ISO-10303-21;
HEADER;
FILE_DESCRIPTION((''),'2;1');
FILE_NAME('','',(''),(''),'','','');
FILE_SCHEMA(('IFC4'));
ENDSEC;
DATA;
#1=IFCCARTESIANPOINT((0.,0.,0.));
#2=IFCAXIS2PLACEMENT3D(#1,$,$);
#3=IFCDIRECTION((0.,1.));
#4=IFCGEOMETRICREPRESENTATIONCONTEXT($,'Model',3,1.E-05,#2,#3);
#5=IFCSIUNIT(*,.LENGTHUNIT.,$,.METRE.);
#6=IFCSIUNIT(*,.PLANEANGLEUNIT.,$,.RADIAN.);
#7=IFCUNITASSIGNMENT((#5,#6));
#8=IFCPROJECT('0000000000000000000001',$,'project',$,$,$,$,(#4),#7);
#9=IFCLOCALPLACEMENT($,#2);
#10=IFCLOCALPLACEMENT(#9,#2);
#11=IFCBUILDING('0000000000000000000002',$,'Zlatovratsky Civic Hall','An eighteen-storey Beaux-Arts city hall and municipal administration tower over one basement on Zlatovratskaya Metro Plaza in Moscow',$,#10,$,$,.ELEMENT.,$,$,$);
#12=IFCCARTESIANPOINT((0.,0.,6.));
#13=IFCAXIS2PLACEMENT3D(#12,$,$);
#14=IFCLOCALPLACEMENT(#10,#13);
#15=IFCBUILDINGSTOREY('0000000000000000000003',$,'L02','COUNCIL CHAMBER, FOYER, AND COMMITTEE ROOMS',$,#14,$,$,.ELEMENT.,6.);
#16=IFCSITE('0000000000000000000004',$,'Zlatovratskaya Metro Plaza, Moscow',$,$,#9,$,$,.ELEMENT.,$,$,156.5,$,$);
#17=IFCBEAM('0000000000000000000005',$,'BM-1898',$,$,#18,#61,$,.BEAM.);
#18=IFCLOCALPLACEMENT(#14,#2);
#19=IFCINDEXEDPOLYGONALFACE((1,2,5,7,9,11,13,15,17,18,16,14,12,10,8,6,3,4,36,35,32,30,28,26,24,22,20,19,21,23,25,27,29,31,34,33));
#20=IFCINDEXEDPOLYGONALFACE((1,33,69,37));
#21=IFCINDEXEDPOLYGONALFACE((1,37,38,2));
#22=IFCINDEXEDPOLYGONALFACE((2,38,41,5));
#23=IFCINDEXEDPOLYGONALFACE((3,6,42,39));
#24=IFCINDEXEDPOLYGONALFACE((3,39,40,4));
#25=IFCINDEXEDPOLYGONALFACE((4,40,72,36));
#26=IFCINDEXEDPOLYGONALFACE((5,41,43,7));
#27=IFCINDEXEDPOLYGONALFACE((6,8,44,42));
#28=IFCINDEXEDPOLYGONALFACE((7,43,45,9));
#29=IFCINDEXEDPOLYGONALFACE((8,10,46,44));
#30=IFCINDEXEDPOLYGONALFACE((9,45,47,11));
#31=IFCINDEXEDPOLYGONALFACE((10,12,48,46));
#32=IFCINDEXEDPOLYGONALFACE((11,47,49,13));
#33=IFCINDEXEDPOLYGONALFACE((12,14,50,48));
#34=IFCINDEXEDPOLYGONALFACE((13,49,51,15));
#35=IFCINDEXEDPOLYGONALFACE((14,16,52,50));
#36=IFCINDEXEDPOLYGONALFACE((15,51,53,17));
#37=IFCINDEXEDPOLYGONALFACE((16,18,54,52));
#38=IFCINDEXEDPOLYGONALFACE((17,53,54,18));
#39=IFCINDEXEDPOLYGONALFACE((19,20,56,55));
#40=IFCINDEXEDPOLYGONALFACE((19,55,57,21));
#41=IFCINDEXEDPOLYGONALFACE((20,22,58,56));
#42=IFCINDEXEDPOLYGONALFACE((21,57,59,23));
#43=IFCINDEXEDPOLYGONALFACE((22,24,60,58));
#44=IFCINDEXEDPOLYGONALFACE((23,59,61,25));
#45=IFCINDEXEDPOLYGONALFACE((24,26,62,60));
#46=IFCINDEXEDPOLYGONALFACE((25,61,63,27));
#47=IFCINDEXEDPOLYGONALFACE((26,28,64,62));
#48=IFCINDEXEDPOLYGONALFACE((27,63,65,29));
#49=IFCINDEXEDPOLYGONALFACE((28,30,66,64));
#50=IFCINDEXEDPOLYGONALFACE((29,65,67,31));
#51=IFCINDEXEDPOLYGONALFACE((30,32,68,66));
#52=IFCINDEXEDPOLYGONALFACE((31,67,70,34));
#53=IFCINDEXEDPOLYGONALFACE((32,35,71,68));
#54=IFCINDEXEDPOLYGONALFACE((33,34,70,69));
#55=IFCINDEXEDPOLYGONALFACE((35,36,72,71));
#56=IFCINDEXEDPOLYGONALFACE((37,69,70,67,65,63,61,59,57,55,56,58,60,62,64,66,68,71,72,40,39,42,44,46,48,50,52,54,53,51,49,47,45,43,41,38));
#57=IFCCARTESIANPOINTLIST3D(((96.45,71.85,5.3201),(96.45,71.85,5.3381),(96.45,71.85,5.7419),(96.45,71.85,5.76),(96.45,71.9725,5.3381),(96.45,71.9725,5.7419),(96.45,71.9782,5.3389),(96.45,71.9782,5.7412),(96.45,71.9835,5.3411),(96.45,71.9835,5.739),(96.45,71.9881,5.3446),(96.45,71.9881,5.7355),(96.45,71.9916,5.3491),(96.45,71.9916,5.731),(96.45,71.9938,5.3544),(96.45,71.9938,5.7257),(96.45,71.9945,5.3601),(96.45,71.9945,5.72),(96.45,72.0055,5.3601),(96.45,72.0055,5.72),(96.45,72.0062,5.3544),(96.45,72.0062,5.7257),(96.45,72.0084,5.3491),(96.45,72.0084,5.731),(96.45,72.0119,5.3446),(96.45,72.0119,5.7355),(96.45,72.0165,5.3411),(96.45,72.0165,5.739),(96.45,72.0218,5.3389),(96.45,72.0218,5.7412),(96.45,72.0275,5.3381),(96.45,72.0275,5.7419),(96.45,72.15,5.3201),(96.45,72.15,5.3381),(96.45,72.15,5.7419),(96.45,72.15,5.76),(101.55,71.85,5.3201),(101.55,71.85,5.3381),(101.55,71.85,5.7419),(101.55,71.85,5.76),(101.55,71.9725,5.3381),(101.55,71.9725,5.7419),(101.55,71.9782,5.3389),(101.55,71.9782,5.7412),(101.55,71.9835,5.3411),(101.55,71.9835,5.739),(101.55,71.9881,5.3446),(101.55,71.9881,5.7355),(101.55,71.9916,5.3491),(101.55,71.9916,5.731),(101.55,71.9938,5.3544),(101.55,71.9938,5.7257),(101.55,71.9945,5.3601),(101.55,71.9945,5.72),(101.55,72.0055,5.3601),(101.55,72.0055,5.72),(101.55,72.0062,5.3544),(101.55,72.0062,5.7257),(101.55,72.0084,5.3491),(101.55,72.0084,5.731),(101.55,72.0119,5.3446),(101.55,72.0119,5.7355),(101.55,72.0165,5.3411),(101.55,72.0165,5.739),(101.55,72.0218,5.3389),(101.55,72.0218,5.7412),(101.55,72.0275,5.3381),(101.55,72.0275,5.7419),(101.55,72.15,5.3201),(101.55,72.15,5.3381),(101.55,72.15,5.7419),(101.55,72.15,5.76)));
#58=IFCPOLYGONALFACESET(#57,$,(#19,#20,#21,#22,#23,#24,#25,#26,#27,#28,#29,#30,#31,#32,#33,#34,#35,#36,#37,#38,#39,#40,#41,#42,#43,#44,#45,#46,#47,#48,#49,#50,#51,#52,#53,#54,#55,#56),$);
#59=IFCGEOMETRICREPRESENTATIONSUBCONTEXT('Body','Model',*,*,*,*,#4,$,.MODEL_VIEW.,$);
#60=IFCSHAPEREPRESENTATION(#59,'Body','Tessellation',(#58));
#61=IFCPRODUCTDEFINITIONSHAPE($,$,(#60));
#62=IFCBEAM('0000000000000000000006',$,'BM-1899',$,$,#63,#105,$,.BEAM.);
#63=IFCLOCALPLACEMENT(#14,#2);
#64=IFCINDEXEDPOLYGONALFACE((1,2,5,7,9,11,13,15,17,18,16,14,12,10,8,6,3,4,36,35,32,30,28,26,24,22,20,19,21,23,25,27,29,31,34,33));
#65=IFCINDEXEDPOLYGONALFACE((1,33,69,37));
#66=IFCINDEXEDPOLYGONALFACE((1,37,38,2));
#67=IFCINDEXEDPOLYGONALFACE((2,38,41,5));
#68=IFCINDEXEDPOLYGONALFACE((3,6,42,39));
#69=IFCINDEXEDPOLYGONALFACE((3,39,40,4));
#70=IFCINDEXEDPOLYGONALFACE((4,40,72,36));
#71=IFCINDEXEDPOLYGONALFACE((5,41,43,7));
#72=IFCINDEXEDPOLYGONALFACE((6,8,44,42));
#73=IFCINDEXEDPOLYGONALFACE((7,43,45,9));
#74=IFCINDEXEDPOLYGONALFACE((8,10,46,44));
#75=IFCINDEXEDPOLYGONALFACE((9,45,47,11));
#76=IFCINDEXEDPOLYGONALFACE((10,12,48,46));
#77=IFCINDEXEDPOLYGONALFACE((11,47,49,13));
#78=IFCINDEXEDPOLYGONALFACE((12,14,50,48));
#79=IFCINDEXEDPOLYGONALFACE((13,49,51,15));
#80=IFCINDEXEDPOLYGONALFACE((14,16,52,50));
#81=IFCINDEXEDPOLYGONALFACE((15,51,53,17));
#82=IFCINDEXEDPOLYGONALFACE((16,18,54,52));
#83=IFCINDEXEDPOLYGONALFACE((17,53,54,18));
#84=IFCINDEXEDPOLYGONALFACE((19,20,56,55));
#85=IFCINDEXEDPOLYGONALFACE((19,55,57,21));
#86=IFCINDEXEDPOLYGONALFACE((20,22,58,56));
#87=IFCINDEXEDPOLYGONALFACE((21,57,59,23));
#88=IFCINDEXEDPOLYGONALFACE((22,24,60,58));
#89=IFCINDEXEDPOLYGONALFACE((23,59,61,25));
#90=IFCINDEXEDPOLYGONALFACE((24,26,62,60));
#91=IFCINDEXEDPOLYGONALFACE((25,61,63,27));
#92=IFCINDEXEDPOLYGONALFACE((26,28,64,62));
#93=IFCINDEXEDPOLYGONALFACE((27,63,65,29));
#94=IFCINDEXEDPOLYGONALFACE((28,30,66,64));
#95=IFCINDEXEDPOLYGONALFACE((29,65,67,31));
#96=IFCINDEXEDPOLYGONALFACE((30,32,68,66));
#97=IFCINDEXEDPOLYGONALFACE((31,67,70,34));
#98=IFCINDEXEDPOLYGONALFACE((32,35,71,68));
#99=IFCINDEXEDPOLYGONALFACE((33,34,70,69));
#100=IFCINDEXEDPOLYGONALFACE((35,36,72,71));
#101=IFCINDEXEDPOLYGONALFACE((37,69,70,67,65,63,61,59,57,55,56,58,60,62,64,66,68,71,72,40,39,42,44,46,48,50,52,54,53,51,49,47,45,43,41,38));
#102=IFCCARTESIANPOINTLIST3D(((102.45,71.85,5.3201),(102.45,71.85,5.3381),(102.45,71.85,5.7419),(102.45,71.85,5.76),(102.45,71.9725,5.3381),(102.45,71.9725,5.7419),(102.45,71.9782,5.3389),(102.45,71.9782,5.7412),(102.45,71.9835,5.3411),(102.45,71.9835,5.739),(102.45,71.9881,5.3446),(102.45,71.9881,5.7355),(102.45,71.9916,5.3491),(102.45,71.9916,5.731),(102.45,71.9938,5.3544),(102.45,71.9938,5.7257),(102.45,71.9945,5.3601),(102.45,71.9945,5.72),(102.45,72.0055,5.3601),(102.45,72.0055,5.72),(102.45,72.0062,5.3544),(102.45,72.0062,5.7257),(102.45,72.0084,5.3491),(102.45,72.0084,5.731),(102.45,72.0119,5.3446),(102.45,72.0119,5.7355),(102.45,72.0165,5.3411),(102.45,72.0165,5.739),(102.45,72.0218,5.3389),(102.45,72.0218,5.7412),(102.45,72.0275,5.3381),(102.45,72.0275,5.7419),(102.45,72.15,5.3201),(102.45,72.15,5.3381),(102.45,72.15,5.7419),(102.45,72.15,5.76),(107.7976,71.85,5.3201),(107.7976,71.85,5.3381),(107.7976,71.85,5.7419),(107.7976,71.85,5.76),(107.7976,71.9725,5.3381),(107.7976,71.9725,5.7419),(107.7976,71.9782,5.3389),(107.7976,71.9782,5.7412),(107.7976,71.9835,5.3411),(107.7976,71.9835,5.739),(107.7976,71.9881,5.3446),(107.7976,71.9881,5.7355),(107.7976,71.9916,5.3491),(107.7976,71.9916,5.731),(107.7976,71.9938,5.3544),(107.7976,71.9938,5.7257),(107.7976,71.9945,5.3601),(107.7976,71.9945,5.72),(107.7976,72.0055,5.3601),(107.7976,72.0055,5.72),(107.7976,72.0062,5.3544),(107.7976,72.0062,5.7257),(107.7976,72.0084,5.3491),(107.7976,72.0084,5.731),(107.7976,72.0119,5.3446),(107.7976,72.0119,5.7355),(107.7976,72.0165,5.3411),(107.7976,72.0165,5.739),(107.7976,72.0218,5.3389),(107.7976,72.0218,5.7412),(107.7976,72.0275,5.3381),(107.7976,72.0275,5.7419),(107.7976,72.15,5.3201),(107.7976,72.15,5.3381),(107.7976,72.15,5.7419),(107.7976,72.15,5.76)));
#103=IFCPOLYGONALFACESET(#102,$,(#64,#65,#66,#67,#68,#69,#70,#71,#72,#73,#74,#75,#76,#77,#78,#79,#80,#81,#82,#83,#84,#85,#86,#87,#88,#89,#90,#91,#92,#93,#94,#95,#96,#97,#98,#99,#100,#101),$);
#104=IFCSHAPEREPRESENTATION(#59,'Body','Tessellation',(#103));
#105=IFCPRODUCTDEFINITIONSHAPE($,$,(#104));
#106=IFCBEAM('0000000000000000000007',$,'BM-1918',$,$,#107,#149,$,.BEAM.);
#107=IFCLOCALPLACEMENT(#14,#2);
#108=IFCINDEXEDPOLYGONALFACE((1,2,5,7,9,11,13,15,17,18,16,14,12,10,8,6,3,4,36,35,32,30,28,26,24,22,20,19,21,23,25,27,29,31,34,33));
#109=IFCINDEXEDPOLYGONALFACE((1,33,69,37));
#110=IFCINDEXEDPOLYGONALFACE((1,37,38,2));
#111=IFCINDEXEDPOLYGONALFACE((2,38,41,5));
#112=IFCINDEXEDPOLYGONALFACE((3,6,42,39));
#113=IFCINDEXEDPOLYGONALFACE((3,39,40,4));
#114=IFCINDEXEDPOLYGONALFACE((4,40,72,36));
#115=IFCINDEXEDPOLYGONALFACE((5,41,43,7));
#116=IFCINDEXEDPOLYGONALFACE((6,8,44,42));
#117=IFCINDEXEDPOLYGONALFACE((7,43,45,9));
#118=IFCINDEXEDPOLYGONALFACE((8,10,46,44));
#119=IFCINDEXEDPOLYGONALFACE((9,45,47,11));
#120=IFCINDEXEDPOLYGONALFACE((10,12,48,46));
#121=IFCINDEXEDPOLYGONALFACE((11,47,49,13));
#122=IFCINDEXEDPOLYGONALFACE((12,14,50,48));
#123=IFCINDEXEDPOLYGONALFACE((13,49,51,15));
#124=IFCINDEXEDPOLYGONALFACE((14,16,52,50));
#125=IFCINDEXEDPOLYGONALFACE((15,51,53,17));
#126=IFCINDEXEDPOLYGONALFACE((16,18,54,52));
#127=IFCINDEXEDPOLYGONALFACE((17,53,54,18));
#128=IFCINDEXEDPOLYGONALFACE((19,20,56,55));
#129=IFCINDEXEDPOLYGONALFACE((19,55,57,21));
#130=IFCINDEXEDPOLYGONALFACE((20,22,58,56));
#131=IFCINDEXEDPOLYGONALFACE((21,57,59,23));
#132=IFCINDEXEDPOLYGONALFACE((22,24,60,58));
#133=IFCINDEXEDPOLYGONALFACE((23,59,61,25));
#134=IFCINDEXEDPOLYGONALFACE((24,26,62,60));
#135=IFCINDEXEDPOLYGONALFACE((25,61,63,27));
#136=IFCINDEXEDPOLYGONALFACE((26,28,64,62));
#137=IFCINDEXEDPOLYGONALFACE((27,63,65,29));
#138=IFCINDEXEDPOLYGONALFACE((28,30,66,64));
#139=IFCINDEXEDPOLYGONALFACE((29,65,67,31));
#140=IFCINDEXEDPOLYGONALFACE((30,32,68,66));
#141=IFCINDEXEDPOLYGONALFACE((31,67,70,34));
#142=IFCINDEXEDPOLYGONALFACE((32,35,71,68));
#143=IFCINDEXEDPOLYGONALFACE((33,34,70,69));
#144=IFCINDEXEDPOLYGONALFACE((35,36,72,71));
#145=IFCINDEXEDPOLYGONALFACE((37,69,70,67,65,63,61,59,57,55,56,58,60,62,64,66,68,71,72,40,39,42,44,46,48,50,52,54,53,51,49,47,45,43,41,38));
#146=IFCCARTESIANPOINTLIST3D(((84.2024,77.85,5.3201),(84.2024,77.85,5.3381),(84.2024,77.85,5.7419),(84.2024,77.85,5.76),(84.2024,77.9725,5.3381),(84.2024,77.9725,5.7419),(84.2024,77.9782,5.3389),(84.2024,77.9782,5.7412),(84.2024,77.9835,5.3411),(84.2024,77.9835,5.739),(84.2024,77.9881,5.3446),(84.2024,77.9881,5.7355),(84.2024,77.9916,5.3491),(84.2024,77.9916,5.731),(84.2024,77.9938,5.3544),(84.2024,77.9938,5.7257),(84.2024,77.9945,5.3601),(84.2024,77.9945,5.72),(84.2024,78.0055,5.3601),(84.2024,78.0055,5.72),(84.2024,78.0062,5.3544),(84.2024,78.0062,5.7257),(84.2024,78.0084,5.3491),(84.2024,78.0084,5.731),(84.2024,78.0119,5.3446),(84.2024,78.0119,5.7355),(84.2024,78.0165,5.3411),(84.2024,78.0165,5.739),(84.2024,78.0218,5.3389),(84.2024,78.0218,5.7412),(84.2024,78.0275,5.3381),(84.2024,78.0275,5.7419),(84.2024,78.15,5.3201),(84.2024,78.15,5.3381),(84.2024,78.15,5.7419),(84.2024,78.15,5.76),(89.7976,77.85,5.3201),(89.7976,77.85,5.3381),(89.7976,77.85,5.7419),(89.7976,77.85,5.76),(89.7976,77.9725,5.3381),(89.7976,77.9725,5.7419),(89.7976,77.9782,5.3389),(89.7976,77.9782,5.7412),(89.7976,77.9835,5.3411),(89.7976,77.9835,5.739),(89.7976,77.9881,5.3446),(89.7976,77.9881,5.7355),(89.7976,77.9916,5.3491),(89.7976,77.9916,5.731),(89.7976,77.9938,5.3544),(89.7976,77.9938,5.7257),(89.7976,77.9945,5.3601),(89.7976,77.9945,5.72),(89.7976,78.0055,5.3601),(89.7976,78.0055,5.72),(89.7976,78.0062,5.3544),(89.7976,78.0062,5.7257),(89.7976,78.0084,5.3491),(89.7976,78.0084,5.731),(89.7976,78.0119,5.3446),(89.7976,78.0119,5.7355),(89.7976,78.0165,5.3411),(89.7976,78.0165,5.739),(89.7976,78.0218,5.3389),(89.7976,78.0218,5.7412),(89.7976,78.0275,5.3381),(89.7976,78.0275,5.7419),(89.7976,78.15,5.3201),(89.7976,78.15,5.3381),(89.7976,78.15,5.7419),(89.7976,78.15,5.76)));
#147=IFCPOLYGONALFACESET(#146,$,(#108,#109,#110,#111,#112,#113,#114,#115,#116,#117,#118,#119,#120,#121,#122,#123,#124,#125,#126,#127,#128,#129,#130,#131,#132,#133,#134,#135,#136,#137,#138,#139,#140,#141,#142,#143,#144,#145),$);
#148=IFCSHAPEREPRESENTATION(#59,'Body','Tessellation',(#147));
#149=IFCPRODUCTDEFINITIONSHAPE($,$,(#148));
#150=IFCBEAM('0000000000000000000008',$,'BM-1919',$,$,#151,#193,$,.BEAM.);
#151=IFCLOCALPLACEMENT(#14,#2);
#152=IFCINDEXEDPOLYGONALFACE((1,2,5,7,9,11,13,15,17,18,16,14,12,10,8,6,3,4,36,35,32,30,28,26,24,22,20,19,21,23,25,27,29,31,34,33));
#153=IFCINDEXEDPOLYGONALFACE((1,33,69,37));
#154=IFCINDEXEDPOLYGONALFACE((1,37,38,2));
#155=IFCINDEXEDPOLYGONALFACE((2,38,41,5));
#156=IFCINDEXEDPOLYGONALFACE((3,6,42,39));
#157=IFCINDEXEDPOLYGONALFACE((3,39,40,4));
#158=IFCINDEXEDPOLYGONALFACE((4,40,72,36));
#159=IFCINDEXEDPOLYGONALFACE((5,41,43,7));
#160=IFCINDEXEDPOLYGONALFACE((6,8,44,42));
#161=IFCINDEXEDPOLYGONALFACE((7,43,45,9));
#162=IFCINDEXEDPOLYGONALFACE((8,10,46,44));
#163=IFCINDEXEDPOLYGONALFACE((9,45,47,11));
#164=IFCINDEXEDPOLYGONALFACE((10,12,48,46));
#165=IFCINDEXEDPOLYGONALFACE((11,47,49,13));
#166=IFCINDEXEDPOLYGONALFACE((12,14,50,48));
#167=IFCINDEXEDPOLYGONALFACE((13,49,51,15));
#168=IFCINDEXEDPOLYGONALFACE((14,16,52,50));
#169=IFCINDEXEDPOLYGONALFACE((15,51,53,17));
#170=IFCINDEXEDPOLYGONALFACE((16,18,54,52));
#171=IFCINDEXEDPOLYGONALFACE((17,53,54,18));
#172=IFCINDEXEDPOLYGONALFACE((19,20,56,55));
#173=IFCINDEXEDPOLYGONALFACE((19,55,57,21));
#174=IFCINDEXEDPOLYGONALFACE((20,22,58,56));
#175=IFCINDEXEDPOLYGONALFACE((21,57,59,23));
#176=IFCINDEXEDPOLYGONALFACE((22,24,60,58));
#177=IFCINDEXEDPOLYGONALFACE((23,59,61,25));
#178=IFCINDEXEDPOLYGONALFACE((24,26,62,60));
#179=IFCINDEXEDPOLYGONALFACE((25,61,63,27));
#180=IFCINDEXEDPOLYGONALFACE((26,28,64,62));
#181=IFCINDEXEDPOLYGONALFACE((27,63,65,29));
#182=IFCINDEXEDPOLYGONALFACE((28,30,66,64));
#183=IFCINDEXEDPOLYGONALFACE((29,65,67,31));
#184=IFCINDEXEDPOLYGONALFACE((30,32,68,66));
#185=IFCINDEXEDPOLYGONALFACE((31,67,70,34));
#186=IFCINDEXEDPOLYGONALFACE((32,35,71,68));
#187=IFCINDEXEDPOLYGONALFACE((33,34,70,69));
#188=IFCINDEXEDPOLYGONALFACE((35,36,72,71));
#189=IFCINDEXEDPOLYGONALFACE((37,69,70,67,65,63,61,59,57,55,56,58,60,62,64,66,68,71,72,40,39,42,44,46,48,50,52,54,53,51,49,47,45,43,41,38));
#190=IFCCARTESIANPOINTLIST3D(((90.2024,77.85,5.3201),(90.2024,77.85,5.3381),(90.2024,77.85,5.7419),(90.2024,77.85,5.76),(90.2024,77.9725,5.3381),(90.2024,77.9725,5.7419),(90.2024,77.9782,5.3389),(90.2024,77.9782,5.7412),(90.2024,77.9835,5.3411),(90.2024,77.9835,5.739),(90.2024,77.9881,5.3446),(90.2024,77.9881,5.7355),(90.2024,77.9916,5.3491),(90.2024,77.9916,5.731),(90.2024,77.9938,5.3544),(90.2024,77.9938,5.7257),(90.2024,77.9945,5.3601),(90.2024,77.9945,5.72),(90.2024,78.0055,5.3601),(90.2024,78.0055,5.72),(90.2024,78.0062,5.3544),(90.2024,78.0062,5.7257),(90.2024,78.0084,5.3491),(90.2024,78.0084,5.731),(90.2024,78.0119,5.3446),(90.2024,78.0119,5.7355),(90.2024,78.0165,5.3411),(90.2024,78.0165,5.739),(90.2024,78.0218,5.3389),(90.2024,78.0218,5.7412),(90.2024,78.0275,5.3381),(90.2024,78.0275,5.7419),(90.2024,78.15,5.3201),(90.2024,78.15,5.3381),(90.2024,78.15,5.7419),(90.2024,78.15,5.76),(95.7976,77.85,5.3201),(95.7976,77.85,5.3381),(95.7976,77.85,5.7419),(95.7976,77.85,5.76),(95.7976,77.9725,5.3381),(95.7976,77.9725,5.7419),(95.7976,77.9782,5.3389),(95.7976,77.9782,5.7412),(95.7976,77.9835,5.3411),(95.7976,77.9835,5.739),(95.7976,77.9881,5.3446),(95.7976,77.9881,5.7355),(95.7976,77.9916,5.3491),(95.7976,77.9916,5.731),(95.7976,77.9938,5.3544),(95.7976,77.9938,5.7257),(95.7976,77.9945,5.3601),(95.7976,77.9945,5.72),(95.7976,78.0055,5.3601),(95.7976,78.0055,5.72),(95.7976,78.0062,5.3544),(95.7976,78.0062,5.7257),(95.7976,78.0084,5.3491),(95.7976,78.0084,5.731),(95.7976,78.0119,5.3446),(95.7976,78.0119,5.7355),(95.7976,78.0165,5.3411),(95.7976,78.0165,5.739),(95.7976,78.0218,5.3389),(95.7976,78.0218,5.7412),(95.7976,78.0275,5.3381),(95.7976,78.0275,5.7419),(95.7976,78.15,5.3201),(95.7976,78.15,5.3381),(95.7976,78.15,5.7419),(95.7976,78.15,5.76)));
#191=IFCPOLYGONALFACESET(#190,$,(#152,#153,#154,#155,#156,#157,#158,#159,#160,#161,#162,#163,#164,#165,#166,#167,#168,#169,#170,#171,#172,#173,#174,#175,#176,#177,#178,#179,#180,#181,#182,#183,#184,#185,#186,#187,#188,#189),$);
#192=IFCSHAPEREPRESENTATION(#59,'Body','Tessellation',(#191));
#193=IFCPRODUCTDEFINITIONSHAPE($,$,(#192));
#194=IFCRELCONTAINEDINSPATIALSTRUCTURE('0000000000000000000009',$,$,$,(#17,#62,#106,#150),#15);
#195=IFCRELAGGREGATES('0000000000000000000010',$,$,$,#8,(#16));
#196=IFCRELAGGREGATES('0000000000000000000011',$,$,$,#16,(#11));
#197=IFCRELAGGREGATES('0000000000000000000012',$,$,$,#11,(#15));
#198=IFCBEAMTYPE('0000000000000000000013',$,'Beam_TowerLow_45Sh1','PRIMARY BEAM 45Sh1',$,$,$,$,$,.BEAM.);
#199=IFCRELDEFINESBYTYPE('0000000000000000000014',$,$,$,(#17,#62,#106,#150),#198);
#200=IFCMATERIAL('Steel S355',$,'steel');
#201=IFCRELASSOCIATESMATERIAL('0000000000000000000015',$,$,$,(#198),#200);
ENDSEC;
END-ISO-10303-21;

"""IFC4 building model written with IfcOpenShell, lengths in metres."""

from ifc_helpers import new_model, si_unit, direction, frame, origin, origin_2d, place, context, subcontext, project, spatial, i_section, extrude, material, material_profile, profile_set, type_object, element, save


model = new_model("IFC4")

# Units and contexts
model_context = context("Model", 3, precision=1e-05, world=origin(), true_north=direction((0.0, 1.0)))
body_context = subcontext(model_context, "Body", "Model", "MODEL_VIEW")
ifc_project = project(units=[si_unit("LENGTHUNIT", "METRE"), si_unit("PLANEANGLEUNIT", "RADIAN")], contexts=[model_context])

# Site, building, storey
site_placement = place(None, origin())
site = spatial("IfcSite", under=ifc_project, at=site_placement, Name="Zlatovratskaya Metro Plaza, Moscow", CompositionType="ELEMENT", RefElevation=156.5)
building_placement = place(site_placement, origin())
building = spatial("IfcBuilding", under=site, at=building_placement, Name="Zlatovratsky Civic Hall", Description="An eighteen-storey Beaux-Arts city hall and municipal administration tower over one basement on Zlatovratskaya Metro Plaza in Moscow", CompositionType="ELEMENT")
storey_placement = place(building_placement, frame((0.0, 0.0, 6.0)))
storey = spatial("IfcBuildingStorey", under=building, at=storey_placement, Name="L02", Description="COUNCIL CHAMBER, FOYER, AND COMMITTEE ROOMS", CompositionType="ELEMENT", Elevation=6.0)

# Shared definitions
ifc_material_1 = material(Name="Steel S355", Category="steel")

# Beams
ifc_material_profile_1 = material_profile(ifc_material_1, i_section(OverallWidth=0.3, OverallDepth=0.4399, WebThickness=0.011, FlangeThickness=0.0181, FilletRadius=0.022, at=origin_2d()), Name="45Sh1")
ifc_profile_set_1 = profile_set([ifc_material_profile_1], Name="Steel S355")
beam_type = type_object("IfcBeamType", Name="Beam_TowerLow_45Sh1", Description="PRIMARY BEAM 45Sh1", PredefinedType="BEAM", material=ifc_profile_set_1)
for number, where, z_axis, x_axis, name in (
    (1, (96.45, 72.0, 5.54), (1.0, 0.0, 0.0), (0.0, 1.0, 0.0), "BM-1898"),
):
    element("IfcBeam", number, at=place(storey_placement, frame(where, z_axis=z_axis, x_axis=x_axis)), inside=storey, type_object=beam_type, Name=name, PredefinedType="BEAM", context=body_context, shape_type="SweptSolid", body=[
        extrude(i_section(OverallWidth=0.3, OverallDepth=0.4399, WebThickness=0.011, FlangeThickness=0.0181, FilletRadius=0.022, at=origin_2d()), origin(), (0.0, 0.0, 1.0), 5.1001),
    ])
beam_1_placement = place(storey_placement, frame((102.45, 72.0, 5.54), z_axis=(1.0, 0.0, 0.0), x_axis=(0.0, 1.0, 0.0)))
element("IfcBeam", 2, at=beam_1_placement, inside=storey, type_object=beam_type, Name="BM-1899", PredefinedType="BEAM", context=body_context, shape_type="SweptSolid", body=[
    extrude(i_section(OverallWidth=0.3, OverallDepth=0.4399, WebThickness=0.011, FlangeThickness=0.0181, FilletRadius=0.022, at=origin_2d()), origin(), (0.0, 0.0, 1.0), 5.3477),
])
for number, where, z_axis, x_axis, name in (
    (3, (84.2024, 78.0, 5.54), (1.0, 0.0, 0.0), (0.0, 1.0, 0.0), "BM-1918"),
    (4, (90.2024, 78.0, 5.54), (1.0, 0.0, 0.0), (0.0, 1.0, 0.0), "BM-1919"),
):
    element("IfcBeam", number, at=place(storey_placement, frame(where, z_axis=z_axis, x_axis=x_axis)), inside=storey, type_object=beam_type, Name=name, PredefinedType="BEAM", context=body_context, shape_type="SweptSolid", body=[
        extrude(i_section(OverallWidth=0.3, OverallDepth=0.4399, WebThickness=0.011, FlangeThickness=0.0181, FilletRadius=0.022, at=origin_2d()), origin(), (0.0, 0.0, 1.0), 5.5952),
    ])

save(model, "model.ifc")
